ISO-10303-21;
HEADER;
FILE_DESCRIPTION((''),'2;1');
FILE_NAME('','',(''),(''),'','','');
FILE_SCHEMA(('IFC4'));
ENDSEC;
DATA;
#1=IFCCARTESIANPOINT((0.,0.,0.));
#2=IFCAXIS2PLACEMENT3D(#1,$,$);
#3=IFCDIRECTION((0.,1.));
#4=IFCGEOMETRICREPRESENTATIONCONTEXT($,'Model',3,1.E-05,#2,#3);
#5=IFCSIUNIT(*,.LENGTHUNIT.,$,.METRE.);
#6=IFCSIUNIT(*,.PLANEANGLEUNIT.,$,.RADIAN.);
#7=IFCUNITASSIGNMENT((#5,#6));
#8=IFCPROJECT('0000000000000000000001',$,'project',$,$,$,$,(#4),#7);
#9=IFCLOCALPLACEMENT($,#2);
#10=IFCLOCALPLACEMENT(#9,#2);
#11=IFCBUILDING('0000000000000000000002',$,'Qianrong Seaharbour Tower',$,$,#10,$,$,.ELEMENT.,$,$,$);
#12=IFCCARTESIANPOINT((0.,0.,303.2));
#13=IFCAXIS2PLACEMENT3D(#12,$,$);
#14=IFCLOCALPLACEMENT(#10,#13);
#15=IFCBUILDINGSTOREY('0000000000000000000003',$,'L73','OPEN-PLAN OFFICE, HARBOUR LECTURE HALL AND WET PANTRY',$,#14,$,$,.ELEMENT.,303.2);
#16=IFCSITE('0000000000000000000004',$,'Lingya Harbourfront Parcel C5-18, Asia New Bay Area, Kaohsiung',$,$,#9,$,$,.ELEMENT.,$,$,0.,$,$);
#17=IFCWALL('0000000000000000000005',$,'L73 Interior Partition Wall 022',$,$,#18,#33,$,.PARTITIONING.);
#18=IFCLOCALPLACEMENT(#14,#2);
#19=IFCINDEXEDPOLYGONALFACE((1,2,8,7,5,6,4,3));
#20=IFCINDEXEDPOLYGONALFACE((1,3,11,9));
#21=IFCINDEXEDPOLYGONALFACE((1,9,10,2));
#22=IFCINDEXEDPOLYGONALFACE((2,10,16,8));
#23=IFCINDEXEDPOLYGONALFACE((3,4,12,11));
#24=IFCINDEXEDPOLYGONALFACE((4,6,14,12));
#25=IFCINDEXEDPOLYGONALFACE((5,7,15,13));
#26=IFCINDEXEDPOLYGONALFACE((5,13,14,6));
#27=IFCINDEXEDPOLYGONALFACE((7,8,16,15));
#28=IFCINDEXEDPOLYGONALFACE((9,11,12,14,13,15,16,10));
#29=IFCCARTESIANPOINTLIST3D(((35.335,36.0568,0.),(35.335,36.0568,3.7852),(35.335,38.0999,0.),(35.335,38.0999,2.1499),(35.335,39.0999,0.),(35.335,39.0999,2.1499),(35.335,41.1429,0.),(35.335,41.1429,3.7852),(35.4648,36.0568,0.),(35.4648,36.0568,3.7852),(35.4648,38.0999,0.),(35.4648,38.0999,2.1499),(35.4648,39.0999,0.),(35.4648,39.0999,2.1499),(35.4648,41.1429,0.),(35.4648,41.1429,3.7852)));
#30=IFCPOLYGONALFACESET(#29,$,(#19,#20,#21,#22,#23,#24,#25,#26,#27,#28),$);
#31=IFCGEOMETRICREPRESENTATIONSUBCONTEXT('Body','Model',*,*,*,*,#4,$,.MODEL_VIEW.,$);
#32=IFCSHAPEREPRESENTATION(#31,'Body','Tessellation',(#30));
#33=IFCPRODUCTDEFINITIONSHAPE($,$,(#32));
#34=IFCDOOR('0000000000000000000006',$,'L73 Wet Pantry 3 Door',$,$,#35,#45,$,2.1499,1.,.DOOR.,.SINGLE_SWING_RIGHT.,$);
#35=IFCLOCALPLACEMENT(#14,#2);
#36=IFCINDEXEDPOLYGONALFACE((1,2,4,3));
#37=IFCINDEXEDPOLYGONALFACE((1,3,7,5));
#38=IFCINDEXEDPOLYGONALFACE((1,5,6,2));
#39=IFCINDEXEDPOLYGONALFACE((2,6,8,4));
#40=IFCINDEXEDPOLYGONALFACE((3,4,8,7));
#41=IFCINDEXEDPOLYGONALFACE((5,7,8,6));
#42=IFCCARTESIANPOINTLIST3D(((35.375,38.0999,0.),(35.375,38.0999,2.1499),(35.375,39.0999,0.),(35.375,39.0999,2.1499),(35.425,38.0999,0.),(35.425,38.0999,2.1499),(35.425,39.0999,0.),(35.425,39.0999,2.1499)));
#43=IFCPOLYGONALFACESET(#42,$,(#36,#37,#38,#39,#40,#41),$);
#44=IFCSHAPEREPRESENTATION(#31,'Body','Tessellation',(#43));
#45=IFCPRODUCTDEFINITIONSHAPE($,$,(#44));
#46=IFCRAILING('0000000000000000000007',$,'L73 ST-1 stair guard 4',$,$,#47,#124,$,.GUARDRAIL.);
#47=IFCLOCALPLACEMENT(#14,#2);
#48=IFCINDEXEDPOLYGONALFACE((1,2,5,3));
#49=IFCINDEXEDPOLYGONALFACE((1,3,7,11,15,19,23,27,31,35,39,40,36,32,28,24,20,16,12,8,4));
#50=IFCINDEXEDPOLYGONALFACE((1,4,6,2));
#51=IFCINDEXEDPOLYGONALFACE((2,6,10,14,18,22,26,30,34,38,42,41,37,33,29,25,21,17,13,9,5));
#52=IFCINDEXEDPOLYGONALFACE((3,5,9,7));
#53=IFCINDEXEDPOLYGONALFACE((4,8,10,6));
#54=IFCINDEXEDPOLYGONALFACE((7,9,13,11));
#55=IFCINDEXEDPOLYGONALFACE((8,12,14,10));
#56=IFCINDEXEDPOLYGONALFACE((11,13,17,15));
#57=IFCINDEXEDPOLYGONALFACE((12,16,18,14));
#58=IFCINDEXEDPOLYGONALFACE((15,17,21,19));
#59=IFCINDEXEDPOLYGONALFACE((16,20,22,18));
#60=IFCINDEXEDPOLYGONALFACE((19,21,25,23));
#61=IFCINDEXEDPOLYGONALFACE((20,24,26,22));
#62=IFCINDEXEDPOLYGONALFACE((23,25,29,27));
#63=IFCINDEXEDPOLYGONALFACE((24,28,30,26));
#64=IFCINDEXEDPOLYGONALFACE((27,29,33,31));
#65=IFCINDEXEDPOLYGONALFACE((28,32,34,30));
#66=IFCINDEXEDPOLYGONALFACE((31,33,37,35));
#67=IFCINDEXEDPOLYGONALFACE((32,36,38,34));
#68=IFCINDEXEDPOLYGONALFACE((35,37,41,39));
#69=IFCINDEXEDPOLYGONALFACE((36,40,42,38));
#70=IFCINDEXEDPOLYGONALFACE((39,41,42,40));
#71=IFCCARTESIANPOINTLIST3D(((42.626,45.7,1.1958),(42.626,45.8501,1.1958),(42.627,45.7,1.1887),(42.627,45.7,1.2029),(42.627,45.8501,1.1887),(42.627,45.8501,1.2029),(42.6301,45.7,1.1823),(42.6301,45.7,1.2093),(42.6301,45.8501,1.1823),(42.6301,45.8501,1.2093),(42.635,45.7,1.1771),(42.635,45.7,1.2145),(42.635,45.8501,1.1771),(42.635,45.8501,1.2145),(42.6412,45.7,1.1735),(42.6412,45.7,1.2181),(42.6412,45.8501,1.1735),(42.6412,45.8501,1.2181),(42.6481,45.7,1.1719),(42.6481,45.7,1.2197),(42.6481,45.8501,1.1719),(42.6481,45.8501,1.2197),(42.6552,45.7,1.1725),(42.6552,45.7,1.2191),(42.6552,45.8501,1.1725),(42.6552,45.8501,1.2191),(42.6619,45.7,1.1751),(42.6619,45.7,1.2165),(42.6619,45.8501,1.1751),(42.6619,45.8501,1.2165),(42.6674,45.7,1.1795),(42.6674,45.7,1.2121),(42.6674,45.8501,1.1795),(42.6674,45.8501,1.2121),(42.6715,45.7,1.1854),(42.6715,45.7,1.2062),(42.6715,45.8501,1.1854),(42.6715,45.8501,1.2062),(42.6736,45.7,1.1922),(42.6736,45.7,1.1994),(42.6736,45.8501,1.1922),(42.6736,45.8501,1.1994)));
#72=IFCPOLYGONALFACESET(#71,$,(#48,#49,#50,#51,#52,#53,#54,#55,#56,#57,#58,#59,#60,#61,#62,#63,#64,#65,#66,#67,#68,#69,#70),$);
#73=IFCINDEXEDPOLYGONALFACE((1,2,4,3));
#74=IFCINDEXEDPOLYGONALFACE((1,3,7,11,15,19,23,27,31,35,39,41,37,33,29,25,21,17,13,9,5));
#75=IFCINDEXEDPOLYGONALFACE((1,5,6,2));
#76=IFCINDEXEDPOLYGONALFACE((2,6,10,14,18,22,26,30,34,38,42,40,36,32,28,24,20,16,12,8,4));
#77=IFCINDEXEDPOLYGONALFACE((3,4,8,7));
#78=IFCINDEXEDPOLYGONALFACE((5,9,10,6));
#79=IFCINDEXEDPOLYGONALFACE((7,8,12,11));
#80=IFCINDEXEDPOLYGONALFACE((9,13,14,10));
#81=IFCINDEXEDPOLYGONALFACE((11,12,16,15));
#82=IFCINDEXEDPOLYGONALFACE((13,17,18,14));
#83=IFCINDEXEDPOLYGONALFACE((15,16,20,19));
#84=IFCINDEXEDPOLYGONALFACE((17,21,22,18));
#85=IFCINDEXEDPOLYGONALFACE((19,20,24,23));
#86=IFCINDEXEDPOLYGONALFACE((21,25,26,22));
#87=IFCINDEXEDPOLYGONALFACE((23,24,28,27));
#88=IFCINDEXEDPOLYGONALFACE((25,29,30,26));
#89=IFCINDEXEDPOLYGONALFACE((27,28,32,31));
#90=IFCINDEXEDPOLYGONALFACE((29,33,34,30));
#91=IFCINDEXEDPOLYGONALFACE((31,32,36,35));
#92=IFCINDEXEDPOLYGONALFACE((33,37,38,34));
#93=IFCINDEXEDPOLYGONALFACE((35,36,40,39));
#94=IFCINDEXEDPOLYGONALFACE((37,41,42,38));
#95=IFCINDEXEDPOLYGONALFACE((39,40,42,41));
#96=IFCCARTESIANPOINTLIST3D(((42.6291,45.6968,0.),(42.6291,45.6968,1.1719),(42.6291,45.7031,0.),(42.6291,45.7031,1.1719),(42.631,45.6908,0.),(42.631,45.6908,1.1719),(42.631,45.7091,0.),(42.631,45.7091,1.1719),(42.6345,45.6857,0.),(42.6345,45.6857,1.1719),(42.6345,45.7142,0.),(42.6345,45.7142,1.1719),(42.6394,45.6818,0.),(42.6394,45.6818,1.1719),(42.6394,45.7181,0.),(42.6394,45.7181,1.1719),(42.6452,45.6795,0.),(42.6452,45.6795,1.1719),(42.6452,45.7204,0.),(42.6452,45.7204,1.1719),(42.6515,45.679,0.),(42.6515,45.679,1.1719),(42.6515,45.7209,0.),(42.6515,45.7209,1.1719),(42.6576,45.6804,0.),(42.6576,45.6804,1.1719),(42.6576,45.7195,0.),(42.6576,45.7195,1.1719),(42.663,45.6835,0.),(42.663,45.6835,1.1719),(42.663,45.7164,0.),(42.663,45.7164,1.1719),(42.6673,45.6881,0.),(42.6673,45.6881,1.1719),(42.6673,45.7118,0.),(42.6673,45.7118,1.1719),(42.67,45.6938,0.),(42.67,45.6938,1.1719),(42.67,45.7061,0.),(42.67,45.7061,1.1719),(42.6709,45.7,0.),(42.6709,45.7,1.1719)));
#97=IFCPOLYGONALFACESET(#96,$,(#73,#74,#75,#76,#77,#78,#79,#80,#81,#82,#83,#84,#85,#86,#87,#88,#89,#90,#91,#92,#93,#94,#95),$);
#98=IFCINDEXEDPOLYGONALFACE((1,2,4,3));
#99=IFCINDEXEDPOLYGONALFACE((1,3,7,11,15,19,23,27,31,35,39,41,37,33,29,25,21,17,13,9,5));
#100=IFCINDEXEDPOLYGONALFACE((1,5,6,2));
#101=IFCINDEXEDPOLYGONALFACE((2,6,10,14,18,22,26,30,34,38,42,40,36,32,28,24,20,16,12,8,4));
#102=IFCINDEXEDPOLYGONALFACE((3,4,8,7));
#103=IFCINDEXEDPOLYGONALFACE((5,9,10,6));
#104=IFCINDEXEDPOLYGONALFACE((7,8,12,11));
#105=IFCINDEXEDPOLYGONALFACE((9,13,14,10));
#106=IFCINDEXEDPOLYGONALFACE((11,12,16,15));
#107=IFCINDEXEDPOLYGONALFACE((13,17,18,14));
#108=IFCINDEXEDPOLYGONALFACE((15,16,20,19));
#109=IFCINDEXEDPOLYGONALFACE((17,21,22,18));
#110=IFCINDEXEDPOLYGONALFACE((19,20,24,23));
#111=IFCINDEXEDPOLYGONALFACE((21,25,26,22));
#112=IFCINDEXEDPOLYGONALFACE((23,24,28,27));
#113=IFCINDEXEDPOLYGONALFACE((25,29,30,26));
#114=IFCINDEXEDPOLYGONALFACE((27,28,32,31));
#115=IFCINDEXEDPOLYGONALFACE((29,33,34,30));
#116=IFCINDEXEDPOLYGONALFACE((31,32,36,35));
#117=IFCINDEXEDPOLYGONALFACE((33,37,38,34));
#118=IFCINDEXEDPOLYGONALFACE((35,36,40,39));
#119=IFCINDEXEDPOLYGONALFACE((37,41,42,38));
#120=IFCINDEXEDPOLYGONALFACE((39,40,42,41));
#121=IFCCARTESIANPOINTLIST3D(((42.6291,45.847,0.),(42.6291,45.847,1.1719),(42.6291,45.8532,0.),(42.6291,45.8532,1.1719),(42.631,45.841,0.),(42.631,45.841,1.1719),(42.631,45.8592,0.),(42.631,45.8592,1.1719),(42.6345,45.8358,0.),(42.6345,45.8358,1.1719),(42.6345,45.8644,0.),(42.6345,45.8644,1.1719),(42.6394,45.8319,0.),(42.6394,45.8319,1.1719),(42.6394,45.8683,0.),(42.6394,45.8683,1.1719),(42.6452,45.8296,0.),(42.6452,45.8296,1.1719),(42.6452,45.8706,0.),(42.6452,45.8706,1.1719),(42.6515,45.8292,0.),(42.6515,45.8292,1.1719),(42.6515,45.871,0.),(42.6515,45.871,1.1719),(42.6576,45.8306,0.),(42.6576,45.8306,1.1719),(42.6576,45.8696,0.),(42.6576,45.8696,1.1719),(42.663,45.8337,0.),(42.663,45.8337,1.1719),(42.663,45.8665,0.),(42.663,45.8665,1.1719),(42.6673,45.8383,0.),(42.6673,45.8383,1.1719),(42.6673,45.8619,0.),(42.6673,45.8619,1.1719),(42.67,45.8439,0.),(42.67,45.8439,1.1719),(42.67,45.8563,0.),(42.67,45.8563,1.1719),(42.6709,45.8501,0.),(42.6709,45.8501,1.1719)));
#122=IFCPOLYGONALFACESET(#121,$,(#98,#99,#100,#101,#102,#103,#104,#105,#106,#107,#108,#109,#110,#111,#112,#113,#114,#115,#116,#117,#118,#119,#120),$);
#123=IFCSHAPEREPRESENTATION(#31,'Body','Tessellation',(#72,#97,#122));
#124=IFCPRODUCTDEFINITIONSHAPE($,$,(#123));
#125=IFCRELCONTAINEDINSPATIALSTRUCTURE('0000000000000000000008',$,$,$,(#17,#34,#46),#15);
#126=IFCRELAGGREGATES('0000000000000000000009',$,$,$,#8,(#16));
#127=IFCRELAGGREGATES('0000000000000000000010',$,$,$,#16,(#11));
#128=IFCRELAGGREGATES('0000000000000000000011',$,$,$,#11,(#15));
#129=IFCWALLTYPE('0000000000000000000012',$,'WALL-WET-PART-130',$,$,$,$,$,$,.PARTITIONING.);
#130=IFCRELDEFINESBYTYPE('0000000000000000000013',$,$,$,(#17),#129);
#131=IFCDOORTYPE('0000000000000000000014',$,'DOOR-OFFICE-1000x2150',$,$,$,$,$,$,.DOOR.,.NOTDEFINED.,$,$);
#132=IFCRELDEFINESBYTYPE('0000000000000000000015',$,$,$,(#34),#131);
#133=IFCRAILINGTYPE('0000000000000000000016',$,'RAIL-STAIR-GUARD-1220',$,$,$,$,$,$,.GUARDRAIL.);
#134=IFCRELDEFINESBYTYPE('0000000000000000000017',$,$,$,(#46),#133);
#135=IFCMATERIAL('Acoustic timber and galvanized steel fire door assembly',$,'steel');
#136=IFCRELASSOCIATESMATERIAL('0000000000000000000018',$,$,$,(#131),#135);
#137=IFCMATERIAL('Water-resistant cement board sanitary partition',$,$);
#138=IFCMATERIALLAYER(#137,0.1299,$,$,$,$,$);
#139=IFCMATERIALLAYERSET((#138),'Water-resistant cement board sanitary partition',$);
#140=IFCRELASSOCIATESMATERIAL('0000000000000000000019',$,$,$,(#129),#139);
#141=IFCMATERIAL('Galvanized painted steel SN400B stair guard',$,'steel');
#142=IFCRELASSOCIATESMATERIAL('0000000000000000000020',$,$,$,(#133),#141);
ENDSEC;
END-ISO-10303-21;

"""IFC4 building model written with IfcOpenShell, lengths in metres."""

from ifc_helpers import new_model, si_unit, direction, frame, frame_2d, origin, origin_2d, place, context, subcontext, project, spatial, rectangle, circle, extrude, material, layer, layer_set, type_object, element, fill, save


model = new_model("IFC4")

# Units and contexts
model_context = context("Model", 3, precision=1e-05, world=origin(), true_north=direction((0.0, 1.0)))
body_context = subcontext(model_context, "Body", "Model", "MODEL_VIEW")
ifc_project = project(units=[si_unit("LENGTHUNIT", "METRE"), si_unit("PLANEANGLEUNIT", "RADIAN")], contexts=[model_context])

# Site, building, storey
site_placement = place(None, origin())
site = spatial("IfcSite", under=ifc_project, at=site_placement, Name="Lingya Harbourfront Parcel C5-18, Asia New Bay Area, Kaohsiung", CompositionType="ELEMENT", RefElevation=0.0)
building_placement = place(site_placement, origin())
building = spatial("IfcBuilding", under=site, at=building_placement, Name="Qianrong Seaharbour Tower", CompositionType="ELEMENT")
storey_placement = place(building_placement, frame((0.0, 0.0, 303.2)))
storey = spatial("IfcBuildingStorey", under=building, at=storey_placement, Name="L73", Description="OPEN-PLAN OFFICE, HARBOUR LECTURE HALL AND WET PANTRY", CompositionType="ELEMENT", Elevation=303.2)

# Shared definitions
ifc_material_1 = material(Name="Acoustic timber and galvanized steel fire door assembly", Category="steel")

# Shared definitions
door_type_1 = type_object("IfcDoorType", Name="DOOR-OFFICE-1000x2150", OperationType="NOTDEFINED", PredefinedType="DOOR", material=ifc_material_1)

# Shared definitions
ifc_material_2 = material(Name="Water-resistant cement board sanitary partition")
ifc_layer_1 = layer(ifc_material_2, 0.1299)
ifc_layer_set_1 = layer_set([ifc_layer_1], Name="Water-resistant cement board sanitary partition")
wall_type_1 = type_object("IfcWallType", Name="WALL-WET-PART-130", PredefinedType="PARTITIONING", material=ifc_layer_set_1)

# Wall, opening, door
wall_1_placement = place(storey_placement, frame((35.3999, 36.0569, 0.0), z_axis=(0.0, 0.0, 1.0), x_axis=(0.0, 1.0, 0.0)))
wall_1 = element("IfcWall", 1, at=wall_1_placement, inside=storey, type_object=wall_type_1, Name="L73 Interior Partition Wall 022", PredefinedType="PARTITIONING", context=body_context, shape_type="SweptSolid", body=[
    extrude(rectangle(XDim=5.0862, YDim=0.1299, at=frame_2d((2.543, 0.0))), origin(), (0.0, 0.0, 1.0), 3.7852),
])
opening_1_placement = place(wall_1_placement, frame((2.043, 0.0, 0.0)))
opening_1 = element("IfcOpeningElement", 2, at=opening_1_placement, cuts=wall_1, PredefinedType="OPENING", context=body_context, shape_type="SweptSolid", body=[
    extrude(rectangle(XDim=1.0, YDim=2.1499, at=frame_2d((0.5, 1.075))), frame((0.0, 0.075, 0.0), z_axis=(0.0, -1.0, 0.0), x_axis=(1.0, 0.0, 0.0)), (0.0, 0.0, 1.0), 0.1499),
])
door_1_placement = place(opening_1_placement, origin())
door_1 = element("IfcDoor", 3, at=door_1_placement, inside=storey, type_object=door_type_1, Name="L73 Wet Pantry 3 Door", OperationType="SINGLE_SWING_RIGHT", OverallHeight=2.1499, OverallWidth=1.0, PredefinedType="DOOR", context=body_context, shape_type="SweptSolid", body=[
    extrude(rectangle(XDim=1.0, YDim=2.1499, at=frame_2d((0.5, 1.075))), frame((0.0, 0.0249, 0.0), z_axis=(0.0, -1.0, 0.0), x_axis=(1.0, 0.0, 0.0)), (0.0, 0.0, 1.0), 0.05),
])
fill(opening_1, door_1)

# Railing
ifc_material_3 = material(Name="Galvanized painted steel SN400B stair guard", Category="steel")
railing_type = type_object("IfcRailingType", Name="RAIL-STAIR-GUARD-1220", PredefinedType="GUARDRAIL", material=ifc_material_3)
railing_placement = place(storey_placement, frame((42.6499, 45.7, 0.0)))
element("IfcRailing", 4, at=railing_placement, inside=storey, type_object=railing_type, Name="L73 ST-1 stair guard 4", PredefinedType="GUARDRAIL", context=body_context, shape_type="SweptSolid", body=[
    extrude(circle(Radius=0.0239, at=origin_2d()), frame((0.0, 0.0, 1.1958), z_axis=(0.0, 1.0, 0.0), x_axis=(-1.0, 0.0, 0.0)), (0.0, 0.0, 1.0), 0.1501),
    extrude(circle(Radius=0.021, at=origin_2d()), origin(), (0.0, 0.0, 1.0), 1.1719),
    extrude(circle(Radius=0.021, at=origin_2d()), frame((0.0, 0.1501, 0.0)), (0.0, 0.0, 1.0), 1.1719),
])

save(model, "model.ifc")
